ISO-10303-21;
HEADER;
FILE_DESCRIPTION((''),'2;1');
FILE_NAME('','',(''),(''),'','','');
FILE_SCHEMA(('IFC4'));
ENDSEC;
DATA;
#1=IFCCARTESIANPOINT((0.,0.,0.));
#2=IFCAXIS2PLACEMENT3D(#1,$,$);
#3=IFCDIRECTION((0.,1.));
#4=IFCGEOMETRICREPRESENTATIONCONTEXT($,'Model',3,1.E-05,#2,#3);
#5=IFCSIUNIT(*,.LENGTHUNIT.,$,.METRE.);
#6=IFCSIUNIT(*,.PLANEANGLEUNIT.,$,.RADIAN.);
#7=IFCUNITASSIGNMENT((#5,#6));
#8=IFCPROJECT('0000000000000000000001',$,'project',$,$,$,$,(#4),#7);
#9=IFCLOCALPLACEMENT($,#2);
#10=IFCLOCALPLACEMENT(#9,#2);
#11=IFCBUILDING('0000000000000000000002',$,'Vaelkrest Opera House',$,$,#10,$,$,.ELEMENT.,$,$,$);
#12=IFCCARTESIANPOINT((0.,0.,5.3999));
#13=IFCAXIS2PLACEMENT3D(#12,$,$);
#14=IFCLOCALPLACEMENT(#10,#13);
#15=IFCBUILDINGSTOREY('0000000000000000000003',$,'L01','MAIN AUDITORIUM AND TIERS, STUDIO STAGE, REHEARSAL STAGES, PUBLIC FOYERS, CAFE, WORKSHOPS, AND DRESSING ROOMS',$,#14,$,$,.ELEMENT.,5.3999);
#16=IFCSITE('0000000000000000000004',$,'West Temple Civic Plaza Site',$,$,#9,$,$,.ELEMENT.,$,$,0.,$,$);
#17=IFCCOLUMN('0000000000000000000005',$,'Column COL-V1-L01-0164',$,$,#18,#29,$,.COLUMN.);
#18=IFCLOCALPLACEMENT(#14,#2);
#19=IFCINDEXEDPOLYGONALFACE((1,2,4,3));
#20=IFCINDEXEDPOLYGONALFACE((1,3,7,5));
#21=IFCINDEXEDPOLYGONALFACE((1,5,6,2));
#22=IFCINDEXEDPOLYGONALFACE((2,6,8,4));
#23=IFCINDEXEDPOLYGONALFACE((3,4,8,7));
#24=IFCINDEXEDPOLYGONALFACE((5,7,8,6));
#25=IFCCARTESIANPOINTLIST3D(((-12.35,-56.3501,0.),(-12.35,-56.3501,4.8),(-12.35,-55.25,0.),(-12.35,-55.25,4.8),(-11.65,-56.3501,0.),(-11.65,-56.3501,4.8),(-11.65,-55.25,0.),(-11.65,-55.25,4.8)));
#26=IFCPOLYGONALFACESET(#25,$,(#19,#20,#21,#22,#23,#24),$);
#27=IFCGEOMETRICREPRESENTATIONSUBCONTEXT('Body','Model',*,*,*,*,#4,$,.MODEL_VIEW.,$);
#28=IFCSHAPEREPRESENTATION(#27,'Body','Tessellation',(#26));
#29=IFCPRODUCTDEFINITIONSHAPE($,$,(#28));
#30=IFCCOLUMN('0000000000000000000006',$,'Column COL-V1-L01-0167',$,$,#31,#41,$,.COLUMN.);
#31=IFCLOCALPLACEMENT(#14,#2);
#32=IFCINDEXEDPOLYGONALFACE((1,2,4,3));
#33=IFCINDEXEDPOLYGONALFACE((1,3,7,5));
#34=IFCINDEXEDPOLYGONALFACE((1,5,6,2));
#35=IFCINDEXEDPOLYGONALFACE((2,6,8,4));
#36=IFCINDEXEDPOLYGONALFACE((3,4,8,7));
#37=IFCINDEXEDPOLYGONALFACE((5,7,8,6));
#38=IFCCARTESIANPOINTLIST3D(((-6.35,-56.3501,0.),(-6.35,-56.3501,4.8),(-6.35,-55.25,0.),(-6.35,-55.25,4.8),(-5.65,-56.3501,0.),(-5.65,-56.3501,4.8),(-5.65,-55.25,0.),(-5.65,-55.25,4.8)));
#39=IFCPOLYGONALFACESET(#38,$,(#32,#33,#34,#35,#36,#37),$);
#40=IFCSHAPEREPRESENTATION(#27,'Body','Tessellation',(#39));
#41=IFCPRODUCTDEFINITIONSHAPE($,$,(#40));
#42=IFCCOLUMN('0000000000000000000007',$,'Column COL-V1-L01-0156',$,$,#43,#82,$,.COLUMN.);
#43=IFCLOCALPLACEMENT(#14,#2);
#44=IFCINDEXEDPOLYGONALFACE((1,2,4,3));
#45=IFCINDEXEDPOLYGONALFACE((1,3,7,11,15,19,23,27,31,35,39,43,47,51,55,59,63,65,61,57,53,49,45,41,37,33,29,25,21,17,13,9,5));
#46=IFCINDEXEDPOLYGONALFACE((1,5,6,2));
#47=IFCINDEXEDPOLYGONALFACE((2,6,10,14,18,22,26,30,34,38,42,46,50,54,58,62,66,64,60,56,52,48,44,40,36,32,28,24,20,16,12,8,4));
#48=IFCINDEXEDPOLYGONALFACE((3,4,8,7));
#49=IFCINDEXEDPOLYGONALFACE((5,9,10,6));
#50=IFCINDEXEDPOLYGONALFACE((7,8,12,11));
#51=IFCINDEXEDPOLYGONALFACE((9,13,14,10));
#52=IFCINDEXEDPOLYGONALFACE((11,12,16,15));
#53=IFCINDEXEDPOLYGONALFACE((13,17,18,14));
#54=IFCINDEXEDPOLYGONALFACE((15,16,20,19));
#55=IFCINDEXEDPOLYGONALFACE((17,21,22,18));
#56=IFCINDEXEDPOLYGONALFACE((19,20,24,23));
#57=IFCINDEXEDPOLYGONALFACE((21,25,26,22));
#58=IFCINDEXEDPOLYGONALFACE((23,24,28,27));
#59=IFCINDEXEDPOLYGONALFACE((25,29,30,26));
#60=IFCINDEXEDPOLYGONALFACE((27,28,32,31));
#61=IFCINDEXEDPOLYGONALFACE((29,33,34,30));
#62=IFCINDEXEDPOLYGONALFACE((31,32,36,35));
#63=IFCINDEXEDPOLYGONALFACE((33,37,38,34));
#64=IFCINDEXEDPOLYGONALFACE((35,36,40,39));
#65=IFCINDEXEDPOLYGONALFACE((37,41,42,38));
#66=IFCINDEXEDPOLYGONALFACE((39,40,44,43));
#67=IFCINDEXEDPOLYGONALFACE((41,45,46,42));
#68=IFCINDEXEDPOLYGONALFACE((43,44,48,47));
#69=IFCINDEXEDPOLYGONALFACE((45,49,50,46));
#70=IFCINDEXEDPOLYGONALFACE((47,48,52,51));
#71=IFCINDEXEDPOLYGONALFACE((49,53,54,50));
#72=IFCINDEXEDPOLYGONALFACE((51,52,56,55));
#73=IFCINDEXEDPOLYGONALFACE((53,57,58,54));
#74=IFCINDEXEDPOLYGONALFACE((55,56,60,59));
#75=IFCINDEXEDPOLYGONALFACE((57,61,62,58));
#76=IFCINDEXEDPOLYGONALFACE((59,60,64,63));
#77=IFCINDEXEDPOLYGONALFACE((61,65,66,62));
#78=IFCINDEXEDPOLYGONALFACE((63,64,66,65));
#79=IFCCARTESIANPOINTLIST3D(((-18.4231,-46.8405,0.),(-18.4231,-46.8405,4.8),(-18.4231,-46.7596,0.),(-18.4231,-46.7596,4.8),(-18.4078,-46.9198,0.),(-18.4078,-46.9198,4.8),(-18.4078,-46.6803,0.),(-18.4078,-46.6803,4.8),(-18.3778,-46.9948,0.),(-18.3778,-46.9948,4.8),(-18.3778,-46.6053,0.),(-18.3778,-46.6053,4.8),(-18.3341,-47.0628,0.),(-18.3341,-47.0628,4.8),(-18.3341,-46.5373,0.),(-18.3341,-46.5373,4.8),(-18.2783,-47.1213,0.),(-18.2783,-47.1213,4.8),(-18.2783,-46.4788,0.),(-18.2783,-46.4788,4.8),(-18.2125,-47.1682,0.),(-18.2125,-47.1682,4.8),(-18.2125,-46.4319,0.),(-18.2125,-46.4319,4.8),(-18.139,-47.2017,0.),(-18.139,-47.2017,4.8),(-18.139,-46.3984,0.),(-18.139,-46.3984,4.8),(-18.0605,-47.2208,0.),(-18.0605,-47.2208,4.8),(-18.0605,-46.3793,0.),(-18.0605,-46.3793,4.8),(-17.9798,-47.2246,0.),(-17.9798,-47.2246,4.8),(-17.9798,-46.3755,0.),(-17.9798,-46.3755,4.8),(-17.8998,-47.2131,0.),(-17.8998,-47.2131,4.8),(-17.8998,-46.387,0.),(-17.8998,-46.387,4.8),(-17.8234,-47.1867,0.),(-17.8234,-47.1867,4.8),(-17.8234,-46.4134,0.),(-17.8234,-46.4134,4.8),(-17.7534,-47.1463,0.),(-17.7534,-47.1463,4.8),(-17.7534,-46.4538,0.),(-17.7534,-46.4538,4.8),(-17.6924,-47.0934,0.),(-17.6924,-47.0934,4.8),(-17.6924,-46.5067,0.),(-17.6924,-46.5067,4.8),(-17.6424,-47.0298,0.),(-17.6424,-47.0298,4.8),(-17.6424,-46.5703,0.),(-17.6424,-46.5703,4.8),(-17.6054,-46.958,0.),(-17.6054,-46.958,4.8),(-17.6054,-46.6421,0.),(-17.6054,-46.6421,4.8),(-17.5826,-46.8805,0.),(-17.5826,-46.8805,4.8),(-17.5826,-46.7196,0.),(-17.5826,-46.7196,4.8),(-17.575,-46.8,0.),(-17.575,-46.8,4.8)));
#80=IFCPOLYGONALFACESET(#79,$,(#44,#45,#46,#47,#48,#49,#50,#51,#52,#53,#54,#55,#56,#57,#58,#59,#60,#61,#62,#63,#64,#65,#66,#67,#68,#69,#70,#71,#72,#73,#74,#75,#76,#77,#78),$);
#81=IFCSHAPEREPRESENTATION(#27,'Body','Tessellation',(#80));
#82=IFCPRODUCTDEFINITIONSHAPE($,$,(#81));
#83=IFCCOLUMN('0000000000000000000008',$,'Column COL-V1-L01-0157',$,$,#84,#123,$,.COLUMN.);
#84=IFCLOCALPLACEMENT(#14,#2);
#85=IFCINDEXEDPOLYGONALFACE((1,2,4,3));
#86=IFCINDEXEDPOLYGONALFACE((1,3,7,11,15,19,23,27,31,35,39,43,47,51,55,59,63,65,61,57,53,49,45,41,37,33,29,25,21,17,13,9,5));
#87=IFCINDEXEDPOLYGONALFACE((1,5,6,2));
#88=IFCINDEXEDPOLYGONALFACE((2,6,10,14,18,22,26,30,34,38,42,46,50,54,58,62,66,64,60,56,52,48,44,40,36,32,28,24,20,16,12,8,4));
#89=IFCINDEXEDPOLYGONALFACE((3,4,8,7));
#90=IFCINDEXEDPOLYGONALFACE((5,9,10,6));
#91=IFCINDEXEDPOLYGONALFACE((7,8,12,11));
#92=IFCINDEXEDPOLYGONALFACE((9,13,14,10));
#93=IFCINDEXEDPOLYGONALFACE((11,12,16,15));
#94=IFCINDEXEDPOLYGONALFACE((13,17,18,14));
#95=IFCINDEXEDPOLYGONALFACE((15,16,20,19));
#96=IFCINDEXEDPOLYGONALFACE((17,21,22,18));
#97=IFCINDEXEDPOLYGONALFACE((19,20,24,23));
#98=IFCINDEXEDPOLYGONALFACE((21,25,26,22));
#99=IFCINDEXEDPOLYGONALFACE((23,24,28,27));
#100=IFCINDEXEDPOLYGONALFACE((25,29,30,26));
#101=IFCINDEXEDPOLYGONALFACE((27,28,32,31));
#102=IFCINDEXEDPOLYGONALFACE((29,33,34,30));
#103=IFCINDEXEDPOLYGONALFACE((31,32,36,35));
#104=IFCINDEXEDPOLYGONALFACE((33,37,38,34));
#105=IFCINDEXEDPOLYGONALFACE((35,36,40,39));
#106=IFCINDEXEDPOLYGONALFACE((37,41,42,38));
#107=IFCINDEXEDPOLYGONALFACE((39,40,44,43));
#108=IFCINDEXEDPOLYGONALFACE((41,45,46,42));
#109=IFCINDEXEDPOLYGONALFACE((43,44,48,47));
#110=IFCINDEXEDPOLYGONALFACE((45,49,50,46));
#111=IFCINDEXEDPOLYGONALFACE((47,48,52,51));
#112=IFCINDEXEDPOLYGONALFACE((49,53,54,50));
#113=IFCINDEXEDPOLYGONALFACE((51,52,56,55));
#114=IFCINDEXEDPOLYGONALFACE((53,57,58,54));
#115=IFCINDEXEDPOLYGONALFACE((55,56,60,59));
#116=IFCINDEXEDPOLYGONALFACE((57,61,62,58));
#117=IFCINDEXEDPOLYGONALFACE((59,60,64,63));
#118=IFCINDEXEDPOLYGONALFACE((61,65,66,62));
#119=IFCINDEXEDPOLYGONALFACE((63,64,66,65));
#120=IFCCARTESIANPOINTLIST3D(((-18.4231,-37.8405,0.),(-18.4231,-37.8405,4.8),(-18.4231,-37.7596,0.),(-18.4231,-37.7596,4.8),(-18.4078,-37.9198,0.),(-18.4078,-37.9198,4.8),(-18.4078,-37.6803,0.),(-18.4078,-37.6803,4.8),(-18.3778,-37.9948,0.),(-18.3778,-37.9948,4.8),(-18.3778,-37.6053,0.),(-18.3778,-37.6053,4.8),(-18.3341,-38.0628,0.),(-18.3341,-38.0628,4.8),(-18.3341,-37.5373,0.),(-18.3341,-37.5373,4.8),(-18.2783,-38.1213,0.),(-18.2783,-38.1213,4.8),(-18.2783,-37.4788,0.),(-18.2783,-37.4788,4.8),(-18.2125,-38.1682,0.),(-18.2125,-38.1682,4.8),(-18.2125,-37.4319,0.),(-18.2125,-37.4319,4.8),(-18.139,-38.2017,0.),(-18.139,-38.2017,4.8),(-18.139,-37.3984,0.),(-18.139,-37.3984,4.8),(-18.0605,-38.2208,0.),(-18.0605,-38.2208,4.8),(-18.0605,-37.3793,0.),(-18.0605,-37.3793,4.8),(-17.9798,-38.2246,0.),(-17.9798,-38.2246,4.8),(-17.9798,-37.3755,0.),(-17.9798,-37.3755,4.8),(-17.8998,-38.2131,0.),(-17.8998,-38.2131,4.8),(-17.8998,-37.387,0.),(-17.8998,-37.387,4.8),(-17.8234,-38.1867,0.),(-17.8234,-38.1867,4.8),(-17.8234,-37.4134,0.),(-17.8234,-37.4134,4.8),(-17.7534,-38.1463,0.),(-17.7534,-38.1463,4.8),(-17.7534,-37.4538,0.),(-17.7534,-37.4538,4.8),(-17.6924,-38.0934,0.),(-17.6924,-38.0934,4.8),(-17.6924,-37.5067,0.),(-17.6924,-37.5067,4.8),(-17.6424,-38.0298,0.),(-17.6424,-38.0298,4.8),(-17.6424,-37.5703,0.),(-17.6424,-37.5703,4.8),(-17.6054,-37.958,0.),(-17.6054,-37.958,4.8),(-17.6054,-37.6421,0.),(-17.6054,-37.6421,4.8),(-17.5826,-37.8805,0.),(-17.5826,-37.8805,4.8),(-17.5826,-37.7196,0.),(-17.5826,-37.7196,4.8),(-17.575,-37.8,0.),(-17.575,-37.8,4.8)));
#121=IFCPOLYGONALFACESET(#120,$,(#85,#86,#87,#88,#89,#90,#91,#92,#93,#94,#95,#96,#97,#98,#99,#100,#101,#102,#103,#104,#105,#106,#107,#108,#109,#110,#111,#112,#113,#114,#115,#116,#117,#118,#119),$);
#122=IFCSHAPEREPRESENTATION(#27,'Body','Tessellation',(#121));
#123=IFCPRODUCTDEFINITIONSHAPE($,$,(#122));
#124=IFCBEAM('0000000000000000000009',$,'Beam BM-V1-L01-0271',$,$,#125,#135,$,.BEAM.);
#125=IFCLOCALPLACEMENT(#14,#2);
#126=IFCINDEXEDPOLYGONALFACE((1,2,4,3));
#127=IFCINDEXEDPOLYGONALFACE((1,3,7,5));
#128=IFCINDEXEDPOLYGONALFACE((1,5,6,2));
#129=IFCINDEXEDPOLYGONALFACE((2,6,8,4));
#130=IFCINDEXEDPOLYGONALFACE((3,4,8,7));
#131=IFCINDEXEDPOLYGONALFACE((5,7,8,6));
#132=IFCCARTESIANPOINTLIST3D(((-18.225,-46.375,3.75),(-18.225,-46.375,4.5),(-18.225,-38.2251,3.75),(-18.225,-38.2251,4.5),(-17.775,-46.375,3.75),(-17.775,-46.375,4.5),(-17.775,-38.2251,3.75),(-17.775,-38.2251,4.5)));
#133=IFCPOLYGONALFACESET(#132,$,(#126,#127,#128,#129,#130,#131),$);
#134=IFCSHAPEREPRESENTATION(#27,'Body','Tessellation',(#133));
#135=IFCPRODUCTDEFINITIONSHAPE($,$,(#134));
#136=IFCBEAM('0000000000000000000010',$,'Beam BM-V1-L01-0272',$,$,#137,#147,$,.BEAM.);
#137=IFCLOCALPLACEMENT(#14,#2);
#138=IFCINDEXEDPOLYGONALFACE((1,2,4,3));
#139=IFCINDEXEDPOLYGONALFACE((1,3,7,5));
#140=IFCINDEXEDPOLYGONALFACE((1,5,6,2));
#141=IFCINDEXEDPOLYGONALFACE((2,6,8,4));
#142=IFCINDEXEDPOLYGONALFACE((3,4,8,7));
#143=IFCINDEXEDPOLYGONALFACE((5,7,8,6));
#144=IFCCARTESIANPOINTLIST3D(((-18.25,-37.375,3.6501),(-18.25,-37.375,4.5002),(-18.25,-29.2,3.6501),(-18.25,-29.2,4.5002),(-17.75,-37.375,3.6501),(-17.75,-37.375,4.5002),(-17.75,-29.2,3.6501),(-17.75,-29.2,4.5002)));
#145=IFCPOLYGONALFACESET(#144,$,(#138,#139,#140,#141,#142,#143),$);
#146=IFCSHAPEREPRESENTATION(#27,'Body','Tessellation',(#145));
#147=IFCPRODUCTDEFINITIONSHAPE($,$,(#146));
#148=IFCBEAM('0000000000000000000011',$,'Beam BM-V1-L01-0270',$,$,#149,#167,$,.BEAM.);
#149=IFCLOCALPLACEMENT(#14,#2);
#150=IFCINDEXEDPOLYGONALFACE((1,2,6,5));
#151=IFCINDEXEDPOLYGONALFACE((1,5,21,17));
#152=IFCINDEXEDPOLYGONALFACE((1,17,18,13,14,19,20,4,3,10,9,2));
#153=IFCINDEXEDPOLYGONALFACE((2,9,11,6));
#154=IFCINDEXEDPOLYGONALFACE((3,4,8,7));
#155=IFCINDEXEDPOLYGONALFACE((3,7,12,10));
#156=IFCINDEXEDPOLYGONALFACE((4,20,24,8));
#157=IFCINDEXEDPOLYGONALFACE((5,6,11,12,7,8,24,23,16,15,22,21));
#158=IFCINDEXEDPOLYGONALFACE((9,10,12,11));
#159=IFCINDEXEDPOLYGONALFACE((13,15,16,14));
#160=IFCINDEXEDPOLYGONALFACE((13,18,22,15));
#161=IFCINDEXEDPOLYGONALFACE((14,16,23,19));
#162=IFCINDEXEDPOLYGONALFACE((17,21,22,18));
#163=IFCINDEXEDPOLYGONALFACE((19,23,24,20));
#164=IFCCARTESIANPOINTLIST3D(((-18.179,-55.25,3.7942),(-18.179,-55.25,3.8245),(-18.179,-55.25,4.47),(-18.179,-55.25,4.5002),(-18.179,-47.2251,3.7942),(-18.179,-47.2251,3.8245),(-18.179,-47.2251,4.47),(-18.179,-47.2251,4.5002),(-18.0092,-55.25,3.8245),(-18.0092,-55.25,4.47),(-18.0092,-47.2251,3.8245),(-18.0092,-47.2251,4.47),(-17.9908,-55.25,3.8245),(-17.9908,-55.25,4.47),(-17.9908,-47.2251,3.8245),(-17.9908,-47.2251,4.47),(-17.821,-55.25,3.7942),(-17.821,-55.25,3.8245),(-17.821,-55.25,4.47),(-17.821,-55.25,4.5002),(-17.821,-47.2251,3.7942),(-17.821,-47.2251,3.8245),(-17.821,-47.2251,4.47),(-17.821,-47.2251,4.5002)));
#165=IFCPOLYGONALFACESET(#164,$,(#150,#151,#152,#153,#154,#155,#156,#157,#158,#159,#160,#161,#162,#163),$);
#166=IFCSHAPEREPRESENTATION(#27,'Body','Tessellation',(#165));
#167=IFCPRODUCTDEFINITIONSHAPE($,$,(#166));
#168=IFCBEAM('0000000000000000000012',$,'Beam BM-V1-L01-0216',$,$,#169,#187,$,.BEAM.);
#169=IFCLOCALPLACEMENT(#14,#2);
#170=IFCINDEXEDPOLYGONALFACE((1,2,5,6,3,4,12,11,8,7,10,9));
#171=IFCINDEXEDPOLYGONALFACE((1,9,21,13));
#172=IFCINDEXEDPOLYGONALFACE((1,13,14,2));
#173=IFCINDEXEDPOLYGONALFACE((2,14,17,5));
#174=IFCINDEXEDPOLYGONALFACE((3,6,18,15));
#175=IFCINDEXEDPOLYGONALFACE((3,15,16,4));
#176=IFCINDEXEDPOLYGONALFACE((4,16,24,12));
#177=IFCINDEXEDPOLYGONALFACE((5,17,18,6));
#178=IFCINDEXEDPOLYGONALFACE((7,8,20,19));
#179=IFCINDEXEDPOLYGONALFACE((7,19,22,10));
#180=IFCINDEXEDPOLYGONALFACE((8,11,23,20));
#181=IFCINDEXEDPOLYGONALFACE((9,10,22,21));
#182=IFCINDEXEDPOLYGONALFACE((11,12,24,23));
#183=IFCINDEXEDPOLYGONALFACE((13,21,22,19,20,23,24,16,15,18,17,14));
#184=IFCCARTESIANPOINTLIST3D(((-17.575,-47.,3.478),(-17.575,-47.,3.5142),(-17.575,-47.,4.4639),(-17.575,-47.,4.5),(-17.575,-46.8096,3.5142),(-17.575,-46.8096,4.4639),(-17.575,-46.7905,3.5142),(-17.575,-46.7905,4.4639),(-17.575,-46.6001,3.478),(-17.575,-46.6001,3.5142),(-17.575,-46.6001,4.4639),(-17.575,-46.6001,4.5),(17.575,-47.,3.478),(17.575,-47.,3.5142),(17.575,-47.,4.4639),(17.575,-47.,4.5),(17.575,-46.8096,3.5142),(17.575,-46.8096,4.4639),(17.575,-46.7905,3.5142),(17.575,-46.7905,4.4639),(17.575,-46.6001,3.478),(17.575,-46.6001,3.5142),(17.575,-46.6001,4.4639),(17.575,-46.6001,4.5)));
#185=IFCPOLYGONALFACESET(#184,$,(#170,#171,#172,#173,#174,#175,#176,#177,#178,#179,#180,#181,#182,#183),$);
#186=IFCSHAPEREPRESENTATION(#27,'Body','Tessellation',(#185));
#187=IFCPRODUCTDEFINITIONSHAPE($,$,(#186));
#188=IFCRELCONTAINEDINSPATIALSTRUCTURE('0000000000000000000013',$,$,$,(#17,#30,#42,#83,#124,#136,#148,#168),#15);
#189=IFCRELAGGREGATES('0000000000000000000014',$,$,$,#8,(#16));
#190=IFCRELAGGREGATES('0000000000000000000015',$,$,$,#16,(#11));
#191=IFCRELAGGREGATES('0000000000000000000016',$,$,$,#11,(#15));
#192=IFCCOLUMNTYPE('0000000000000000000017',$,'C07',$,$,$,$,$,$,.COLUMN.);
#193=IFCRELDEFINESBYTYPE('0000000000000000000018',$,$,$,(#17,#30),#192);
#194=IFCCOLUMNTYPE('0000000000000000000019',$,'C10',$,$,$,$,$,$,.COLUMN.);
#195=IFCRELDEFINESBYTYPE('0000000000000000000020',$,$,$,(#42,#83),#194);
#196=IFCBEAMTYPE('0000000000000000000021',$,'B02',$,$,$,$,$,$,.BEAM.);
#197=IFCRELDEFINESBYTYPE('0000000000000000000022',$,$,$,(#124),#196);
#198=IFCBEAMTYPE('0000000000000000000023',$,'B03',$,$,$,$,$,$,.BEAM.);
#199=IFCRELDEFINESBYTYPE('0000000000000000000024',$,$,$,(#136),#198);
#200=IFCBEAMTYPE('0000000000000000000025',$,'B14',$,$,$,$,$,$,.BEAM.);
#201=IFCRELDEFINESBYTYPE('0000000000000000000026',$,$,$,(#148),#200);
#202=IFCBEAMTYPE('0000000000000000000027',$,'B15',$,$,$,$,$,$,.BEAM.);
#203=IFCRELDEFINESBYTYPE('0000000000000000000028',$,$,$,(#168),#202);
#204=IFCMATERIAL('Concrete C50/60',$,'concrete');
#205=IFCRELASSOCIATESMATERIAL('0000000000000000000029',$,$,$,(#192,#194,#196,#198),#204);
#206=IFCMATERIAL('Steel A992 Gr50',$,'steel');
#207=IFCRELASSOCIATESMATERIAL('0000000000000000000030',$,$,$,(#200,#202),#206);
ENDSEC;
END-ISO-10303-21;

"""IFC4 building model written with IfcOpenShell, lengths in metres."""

from ifc_helpers import new_model, si_unit, direction, frame, origin, origin_2d, place, context, subcontext, project, spatial, rectangle, circle, i_section, extrude, material, material_profile, profile_set, type_object, element, save


model = new_model("IFC4")

# Units and contexts
model_context = context("Model", 3, precision=1e-05, world=origin(), true_north=direction((0.0, 1.0)))
body_context = subcontext(model_context, "Body", "Model", "MODEL_VIEW")
ifc_project = project(units=[si_unit("LENGTHUNIT", "METRE"), si_unit("PLANEANGLEUNIT", "RADIAN")], contexts=[model_context])

# Site, building, storey
site_placement = place(None, origin())
site = spatial("IfcSite", under=ifc_project, at=site_placement, Name="West Temple Civic Plaza Site", CompositionType="ELEMENT", RefElevation=0.0)
building_placement = place(site_placement, origin())
building = spatial("IfcBuilding", under=site, at=building_placement, Name="Vaelkrest Opera House", CompositionType="ELEMENT")
storey_placement = place(building_placement, frame((0.0, 0.0, 5.3999)))
storey = spatial("IfcBuildingStorey", under=building, at=storey_placement, Name="L01", Description="MAIN AUDITORIUM AND TIERS, STUDIO STAGE, REHEARSAL STAGES, PUBLIC FOYERS, CAFE, WORKSHOPS, AND DRESSING ROOMS", CompositionType="ELEMENT", Elevation=5.3999)

# Columns
ifc_material_1 = material(Name="Concrete C50/60", Category="concrete")
ifc_material_profile_1 = material_profile(ifc_material_1, rectangle(XDim=0.7, YDim=1.1001, at=origin_2d()), Name="RC700X1100")
ifc_profile_set_1 = profile_set([ifc_material_profile_1], Name="Concrete C50/60")
column_type_1 = type_object("IfcColumnType", Name="C07", PredefinedType="COLUMN", material=ifc_profile_set_1)
for number, where, z_axis, x_axis, name in (
    (1, (-12.0, -55.8, 0.0), (0.0, 0.0, 1.0), (1.0, 0.0, 0.0), "Column COL-V1-L01-0164"),
    (2, (-6.0, -55.8, 0.0), (0.0, 0.0, 1.0), (1.0, 0.0, 0.0), "Column COL-V1-L01-0167"),
):
    element("IfcColumn", number, at=place(storey_placement, frame(where, z_axis=z_axis, x_axis=x_axis)), inside=storey, type_object=column_type_1, Name=name, PredefinedType="COLUMN", context=body_context, shape_type="SweptSolid", body=[
        extrude(rectangle(XDim=0.7, YDim=1.1001, at=origin_2d()), origin(), (0.0, 0.0, 1.0), 4.8),
    ])
ifc_material_profile_2 = material_profile(ifc_material_1, circle(Radius=0.425, at=origin_2d()), Name="RCD850")
ifc_profile_set_2 = profile_set([ifc_material_profile_2], Name="Concrete C50/60")
column_type_2 = type_object("IfcColumnType", Name="C10", PredefinedType="COLUMN", material=ifc_profile_set_2)
for number, where, z_axis, x_axis, name in (
    (3, (-18.0, -46.8, 0.0), (0.0, 0.0, 1.0), (1.0, 0.0, 0.0), "Column COL-V1-L01-0156"),
    (4, (-18.0, -37.8, 0.0), (0.0, 0.0, 1.0), (1.0, 0.0, 0.0), "Column COL-V1-L01-0157"),
):
    element("IfcColumn", number, at=place(storey_placement, frame(where, z_axis=z_axis, x_axis=x_axis)), inside=storey, type_object=column_type_2, Name=name, PredefinedType="COLUMN", context=body_context, shape_type="SweptSolid", body=[
        extrude(circle(Radius=0.425, at=origin_2d()), origin(), (0.0, 0.0, 1.0), 4.8),
    ])

# Beams
ifc_material_profile_3 = material_profile(ifc_material_1, rectangle(XDim=0.45, YDim=0.75, at=origin_2d()), Name="RCB450X750")
ifc_profile_set_3 = profile_set([ifc_material_profile_3], Name="Concrete C50/60")
beam_type_1 = type_object("IfcBeamType", Name="B02", PredefinedType="BEAM", material=ifc_profile_set_3)
beam_1_placement = place(storey_placement, frame((-18.0, -46.375, 4.125), z_axis=(0.0, 1.0, 0.0), x_axis=(-1.0, 0.0, 0.0)))
element("IfcBeam", 5, at=beam_1_placement, inside=storey, type_object=beam_type_1, Name="Beam BM-V1-L01-0271", PredefinedType="BEAM", context=body_context, shape_type="SweptSolid", body=[
    extrude(rectangle(XDim=0.45, YDim=0.75, at=origin_2d()), origin(), (0.0, 0.0, 1.0), 8.1499),
])
ifc_material_profile_4 = material_profile(ifc_material_1, rectangle(XDim=0.5, YDim=0.8501, at=origin_2d()), Name="RCB500X850")
ifc_profile_set_4 = profile_set([ifc_material_profile_4], Name="Concrete C50/60")
beam_type_2 = type_object("IfcBeamType", Name="B03", PredefinedType="BEAM", material=ifc_profile_set_4)
beam_2_placement = place(storey_placement, frame((-18.0, -37.375, 4.0752), z_axis=(0.0, 1.0, 0.0), x_axis=(-1.0, 0.0, 0.0)))
element("IfcBeam", 6, at=beam_2_placement, inside=storey, type_object=beam_type_2, Name="Beam BM-V1-L01-0272", PredefinedType="BEAM", context=body_context, shape_type="SweptSolid", body=[
    extrude(rectangle(XDim=0.5, YDim=0.8501, at=origin_2d()), origin(), (0.0, 0.0, 1.0), 8.175),
])
ifc_material_2 = material(Name="Steel A992 Gr50", Category="steel")
ifc_material_profile_5 = material_profile(ifc_material_2, i_section(OverallWidth=0.3579, OverallDepth=0.7061, WebThickness=0.0183, FlangeThickness=0.0303, at=origin_2d()), Name="W27X178")
ifc_profile_set_5 = profile_set([ifc_material_profile_5], Name="Steel A992 Gr50")
beam_type_3 = type_object("IfcBeamType", Name="B14", PredefinedType="BEAM", material=ifc_profile_set_5)
beam_3_placement = place(storey_placement, frame((-18.0, -55.25, 4.1472), z_axis=(0.0, 1.0, 0.0), x_axis=(-1.0, 0.0, 0.0)))
element("IfcBeam", 7, at=beam_3_placement, inside=storey, type_object=beam_type_3, Name="Beam BM-V1-L01-0270", PredefinedType="BEAM", context=body_context, shape_type="SweptSolid", body=[
    extrude(i_section(OverallWidth=0.3579, OverallDepth=0.7061, WebThickness=0.0183, FlangeThickness=0.0303, at=origin_2d()), origin(), (0.0, 0.0, 1.0), 8.0249),
])
ifc_material_profile_6 = material_profile(ifc_material_2, i_section(OverallWidth=0.3999, OverallDepth=1.022, WebThickness=0.019, FlangeThickness=0.0361, at=origin_2d()), Name="W40X249")
ifc_profile_set_6 = profile_set([ifc_material_profile_6], Name="Steel A992 Gr50")
beam_type_4 = type_object("IfcBeamType", Name="B15", PredefinedType="BEAM", material=ifc_profile_set_6)
for number, where, z_axis, x_axis, name in (
    (8, (-17.575, -46.8, 3.989), (1.0, 0.0, 0.0), (0.0, 1.0, 0.0), "Beam BM-V1-L01-0216"),
):
    element("IfcBeam", number, at=place(storey_placement, frame(where, z_axis=z_axis, x_axis=x_axis)), inside=storey, type_object=beam_type_4, Name=name, PredefinedType="BEAM", context=body_context, shape_type="SweptSolid", body=[
        extrude(i_section(OverallWidth=0.3999, OverallDepth=1.022, WebThickness=0.019, FlangeThickness=0.0361, at=origin_2d()), origin(), (0.0, 0.0, 1.0), 35.1499),
    ])

save(model, "model.ifc")
